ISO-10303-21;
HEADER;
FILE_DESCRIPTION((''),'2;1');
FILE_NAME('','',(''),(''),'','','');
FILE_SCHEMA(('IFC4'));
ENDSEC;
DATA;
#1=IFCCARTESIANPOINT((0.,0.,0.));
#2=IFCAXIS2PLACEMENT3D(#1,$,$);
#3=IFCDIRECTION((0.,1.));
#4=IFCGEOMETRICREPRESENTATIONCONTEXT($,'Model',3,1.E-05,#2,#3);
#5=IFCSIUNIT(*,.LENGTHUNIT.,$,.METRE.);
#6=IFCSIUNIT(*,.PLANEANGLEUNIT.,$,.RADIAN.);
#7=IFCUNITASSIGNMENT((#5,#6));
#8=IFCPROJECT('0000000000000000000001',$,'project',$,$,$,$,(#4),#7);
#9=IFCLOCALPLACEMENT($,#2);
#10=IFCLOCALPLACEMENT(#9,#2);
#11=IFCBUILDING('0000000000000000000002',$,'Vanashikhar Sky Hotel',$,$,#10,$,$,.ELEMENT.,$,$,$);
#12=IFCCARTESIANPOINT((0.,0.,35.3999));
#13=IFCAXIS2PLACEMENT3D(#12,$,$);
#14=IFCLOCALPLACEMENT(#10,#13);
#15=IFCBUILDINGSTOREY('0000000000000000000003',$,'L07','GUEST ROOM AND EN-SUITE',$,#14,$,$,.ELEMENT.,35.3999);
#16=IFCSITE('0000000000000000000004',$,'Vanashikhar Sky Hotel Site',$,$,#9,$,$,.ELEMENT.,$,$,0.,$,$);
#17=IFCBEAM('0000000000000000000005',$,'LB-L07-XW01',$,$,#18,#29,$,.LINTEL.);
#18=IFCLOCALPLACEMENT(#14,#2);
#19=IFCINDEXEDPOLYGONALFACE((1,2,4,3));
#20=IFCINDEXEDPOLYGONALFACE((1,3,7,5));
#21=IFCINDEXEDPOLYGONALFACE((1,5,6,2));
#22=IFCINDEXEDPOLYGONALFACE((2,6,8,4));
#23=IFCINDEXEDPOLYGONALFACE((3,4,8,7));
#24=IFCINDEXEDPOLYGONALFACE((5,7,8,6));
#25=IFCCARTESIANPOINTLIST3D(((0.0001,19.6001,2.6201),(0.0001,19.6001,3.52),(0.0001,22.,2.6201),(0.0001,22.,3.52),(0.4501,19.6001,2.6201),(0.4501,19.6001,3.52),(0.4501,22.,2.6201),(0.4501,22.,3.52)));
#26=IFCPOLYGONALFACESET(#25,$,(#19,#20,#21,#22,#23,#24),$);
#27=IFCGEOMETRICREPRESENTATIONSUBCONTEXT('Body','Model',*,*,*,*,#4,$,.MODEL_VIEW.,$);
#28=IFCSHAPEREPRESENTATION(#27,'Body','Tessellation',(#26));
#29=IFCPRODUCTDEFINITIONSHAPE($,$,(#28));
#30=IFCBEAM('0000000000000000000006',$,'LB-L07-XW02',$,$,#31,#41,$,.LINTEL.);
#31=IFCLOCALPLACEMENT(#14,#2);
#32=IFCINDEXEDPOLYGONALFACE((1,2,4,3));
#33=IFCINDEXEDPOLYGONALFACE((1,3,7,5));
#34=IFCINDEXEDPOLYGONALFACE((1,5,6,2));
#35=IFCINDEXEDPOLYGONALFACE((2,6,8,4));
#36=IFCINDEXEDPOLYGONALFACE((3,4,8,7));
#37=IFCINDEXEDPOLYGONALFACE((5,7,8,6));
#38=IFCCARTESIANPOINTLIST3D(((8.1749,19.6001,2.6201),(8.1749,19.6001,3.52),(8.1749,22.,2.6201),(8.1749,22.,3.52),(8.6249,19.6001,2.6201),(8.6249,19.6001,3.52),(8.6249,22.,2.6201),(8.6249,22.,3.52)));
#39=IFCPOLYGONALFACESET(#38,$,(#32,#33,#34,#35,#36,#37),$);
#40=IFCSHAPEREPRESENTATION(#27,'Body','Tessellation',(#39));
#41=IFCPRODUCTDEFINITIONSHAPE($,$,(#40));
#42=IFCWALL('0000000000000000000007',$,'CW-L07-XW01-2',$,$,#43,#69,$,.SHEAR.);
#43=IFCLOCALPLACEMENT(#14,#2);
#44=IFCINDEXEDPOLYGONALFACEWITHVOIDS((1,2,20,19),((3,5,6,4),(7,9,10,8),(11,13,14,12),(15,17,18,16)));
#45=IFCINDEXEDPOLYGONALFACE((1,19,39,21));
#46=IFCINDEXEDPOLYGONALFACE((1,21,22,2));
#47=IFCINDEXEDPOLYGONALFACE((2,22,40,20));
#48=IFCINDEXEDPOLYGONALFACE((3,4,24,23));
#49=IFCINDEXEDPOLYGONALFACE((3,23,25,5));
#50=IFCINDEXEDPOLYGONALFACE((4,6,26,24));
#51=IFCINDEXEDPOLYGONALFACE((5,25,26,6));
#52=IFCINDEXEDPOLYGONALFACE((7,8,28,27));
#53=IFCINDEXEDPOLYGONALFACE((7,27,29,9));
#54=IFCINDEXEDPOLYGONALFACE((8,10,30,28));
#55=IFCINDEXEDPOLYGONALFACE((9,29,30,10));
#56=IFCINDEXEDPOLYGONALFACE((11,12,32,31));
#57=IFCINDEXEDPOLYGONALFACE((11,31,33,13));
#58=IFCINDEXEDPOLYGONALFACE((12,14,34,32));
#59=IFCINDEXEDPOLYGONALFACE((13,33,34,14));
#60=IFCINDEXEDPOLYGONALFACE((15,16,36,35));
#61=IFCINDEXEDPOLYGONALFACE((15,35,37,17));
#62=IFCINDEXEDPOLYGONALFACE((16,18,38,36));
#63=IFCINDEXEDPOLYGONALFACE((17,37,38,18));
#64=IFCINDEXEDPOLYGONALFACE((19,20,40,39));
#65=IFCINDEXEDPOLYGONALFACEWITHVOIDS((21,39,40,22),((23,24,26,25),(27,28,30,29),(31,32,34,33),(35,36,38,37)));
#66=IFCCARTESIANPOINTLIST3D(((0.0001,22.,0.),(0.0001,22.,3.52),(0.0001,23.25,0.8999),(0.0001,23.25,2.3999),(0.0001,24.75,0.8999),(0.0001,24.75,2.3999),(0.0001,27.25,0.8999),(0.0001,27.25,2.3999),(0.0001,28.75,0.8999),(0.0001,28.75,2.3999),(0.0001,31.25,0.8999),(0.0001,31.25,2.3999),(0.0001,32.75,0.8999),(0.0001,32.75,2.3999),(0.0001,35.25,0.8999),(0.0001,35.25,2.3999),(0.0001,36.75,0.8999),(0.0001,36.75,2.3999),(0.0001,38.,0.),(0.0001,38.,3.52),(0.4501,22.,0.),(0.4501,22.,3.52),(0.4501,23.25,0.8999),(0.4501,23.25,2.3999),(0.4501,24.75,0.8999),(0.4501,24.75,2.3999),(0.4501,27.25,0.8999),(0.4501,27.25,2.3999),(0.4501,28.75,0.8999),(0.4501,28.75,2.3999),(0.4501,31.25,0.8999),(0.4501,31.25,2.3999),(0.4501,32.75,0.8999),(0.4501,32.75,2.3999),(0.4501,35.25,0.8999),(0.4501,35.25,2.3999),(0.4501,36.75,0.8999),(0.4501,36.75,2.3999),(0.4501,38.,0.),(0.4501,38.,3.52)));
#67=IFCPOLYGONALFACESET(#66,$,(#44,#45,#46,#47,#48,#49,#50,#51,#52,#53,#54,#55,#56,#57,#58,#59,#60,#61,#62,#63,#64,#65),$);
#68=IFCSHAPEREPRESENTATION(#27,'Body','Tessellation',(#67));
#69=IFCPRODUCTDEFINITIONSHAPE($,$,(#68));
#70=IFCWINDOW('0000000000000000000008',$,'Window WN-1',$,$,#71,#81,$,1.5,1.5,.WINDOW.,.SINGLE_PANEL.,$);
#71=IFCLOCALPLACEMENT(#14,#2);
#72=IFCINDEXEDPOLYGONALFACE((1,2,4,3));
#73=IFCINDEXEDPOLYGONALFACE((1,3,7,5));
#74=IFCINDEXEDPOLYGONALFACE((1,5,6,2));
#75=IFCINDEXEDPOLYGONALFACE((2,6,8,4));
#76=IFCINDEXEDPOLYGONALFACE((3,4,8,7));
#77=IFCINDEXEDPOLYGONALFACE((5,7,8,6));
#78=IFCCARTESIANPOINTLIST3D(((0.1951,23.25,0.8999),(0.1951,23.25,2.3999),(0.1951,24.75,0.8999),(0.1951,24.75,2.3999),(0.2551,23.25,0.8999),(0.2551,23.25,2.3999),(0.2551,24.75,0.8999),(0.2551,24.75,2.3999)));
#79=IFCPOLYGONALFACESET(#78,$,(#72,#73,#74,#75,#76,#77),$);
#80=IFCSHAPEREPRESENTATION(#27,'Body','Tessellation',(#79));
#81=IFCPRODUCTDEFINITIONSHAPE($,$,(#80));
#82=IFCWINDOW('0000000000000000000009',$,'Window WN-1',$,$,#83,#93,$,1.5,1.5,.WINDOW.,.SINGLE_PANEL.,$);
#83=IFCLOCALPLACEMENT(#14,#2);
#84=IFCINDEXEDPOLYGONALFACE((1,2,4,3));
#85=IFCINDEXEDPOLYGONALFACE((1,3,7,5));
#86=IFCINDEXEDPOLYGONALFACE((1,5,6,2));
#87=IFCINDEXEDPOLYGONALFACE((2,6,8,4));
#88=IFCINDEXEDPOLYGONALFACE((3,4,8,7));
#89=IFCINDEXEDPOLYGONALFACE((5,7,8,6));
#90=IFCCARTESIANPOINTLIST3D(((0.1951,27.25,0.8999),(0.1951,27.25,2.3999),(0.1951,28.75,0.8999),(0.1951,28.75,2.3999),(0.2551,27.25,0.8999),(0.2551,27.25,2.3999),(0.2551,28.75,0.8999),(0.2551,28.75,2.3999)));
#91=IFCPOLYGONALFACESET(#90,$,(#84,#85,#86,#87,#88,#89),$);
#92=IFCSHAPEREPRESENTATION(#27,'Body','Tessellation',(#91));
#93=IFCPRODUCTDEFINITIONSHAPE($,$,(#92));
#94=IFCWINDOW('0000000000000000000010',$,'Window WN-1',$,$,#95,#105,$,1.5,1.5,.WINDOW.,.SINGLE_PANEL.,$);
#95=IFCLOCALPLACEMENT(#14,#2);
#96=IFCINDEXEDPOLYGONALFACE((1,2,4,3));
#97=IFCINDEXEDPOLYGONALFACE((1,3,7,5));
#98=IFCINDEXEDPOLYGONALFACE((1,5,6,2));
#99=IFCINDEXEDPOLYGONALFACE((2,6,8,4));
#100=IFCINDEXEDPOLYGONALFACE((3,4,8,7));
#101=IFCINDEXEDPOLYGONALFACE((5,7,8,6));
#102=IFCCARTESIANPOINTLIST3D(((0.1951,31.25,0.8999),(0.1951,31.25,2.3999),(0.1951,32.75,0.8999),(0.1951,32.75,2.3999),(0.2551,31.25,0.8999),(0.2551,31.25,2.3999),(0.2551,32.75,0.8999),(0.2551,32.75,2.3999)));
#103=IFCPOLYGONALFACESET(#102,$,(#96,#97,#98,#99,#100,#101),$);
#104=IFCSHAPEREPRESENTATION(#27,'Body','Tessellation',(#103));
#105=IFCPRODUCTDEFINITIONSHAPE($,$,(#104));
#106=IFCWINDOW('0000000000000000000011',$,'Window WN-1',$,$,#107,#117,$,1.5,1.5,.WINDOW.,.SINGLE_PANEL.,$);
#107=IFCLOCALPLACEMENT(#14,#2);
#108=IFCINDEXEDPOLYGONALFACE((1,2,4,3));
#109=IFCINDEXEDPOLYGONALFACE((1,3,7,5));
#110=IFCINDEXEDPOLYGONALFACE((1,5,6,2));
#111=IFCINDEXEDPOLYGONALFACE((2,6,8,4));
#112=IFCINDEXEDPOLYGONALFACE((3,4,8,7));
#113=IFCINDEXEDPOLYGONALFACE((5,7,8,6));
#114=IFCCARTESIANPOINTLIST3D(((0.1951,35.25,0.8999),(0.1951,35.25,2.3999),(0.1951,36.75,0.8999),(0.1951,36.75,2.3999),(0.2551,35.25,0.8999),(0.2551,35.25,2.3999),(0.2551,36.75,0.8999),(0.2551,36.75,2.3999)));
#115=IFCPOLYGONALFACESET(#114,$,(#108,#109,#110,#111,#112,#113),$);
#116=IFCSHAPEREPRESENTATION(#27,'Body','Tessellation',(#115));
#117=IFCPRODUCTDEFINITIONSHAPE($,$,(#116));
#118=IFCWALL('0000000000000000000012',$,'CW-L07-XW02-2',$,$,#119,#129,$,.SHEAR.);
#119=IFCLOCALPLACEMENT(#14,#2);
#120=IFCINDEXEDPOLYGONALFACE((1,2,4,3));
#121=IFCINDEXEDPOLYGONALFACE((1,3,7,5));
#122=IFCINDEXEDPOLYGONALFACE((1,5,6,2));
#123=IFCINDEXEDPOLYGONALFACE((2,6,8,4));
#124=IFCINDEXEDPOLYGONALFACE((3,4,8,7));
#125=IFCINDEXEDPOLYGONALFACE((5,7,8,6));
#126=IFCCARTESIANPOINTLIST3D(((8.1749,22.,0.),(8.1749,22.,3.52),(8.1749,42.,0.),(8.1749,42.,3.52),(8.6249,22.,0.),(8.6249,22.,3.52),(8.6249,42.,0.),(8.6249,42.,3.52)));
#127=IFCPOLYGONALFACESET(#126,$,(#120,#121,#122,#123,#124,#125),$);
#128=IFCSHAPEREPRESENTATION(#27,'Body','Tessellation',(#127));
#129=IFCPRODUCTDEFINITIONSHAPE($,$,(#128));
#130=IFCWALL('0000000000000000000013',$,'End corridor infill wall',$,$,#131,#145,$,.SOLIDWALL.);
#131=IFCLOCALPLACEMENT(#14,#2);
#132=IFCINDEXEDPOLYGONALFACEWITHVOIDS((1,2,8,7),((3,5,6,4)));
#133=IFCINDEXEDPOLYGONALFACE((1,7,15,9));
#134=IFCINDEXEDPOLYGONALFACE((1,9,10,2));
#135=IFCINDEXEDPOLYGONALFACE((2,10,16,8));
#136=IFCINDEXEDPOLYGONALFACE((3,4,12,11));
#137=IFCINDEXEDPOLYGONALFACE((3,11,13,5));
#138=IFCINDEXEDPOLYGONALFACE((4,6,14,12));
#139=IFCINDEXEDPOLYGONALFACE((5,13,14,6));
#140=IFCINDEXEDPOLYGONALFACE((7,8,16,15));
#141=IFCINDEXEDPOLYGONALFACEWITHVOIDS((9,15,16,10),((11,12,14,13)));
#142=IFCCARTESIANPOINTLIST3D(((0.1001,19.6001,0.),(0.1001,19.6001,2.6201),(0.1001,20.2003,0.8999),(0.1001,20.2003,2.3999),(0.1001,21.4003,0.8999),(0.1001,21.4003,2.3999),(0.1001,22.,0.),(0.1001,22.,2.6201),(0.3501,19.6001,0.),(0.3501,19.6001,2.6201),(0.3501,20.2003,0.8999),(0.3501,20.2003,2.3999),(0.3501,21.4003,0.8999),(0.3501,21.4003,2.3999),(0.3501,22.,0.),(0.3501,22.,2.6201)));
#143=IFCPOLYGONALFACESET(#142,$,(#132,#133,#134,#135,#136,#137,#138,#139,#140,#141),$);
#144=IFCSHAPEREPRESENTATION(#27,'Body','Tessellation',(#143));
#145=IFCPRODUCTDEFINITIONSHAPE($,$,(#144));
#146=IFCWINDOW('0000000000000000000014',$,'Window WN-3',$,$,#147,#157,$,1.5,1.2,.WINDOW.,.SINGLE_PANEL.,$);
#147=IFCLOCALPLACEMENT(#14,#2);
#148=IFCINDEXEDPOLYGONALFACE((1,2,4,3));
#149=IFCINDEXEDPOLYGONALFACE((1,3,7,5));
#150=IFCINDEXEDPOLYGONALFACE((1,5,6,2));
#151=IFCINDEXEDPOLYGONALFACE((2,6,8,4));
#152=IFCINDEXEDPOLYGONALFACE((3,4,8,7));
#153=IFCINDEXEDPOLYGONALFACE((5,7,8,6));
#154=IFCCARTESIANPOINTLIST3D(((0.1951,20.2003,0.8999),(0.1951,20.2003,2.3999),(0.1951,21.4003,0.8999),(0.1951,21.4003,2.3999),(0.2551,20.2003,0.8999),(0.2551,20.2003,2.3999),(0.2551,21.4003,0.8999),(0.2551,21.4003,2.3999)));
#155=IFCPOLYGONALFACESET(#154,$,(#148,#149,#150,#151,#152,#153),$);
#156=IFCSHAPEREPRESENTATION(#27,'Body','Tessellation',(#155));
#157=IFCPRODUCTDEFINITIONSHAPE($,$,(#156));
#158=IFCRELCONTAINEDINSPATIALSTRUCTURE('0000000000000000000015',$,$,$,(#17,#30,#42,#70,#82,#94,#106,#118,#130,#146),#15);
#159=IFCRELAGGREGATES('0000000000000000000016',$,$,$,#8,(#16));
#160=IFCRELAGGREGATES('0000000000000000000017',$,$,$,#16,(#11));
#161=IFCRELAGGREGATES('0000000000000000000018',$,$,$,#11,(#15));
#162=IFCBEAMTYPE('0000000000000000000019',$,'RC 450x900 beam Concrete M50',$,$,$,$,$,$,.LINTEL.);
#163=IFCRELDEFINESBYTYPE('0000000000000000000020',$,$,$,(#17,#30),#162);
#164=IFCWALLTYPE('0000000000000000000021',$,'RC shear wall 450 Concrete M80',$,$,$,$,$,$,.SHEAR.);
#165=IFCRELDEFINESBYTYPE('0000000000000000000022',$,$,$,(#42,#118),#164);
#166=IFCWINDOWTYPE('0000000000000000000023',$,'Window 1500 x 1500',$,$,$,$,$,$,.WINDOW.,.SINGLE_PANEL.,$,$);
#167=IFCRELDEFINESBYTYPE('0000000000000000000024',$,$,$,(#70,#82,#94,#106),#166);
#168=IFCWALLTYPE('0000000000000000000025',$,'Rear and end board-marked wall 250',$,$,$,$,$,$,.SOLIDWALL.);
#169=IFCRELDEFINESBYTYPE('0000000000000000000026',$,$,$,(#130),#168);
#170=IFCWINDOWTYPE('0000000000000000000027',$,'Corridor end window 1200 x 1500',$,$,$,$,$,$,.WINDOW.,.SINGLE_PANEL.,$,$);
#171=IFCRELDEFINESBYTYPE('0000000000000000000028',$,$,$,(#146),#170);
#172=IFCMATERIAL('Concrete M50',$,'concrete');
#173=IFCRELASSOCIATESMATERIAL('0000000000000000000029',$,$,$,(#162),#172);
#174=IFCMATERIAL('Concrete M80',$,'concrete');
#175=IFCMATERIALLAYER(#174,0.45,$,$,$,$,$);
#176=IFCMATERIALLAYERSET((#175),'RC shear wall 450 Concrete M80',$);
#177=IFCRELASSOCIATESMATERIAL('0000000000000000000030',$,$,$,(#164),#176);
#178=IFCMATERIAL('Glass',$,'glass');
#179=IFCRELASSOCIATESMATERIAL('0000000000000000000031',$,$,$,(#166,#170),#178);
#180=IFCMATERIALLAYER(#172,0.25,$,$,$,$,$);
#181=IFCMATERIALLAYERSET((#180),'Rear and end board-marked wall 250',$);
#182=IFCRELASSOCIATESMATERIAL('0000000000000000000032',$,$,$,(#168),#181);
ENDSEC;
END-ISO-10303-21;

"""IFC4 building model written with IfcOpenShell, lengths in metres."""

from ifc_helpers import new_model, si_unit, direction, frame, frame_2d, origin, origin_2d, place, context, subcontext, project, spatial, rectangle, extrude, source, transform, mapped, material, layer, layer_set, material_profile, profile_set, type_object, element, fill, save


model = new_model("IFC4")

# Units and contexts
model_context = context("Model", 3, precision=1e-05, world=origin(), true_north=direction((0.0, 1.0)))
body_context = subcontext(model_context, "Body", "Model", "MODEL_VIEW")
ifc_project = project(units=[si_unit("LENGTHUNIT", "METRE"), si_unit("PLANEANGLEUNIT", "RADIAN")], contexts=[model_context])

# Site, building, storey
site_placement = place(None, origin())
site = spatial("IfcSite", under=ifc_project, at=site_placement, Name="Vanashikhar Sky Hotel Site", CompositionType="ELEMENT", RefElevation=0.0)
building_placement = place(site_placement, origin())
building = spatial("IfcBuilding", under=site, at=building_placement, Name="Vanashikhar Sky Hotel", CompositionType="ELEMENT")
storey_placement = place(building_placement, frame((0.0, 0.0, 35.3999)))
storey = spatial("IfcBuildingStorey", under=building, at=storey_placement, Name="L07", Description="GUEST ROOM AND EN-SUITE", CompositionType="ELEMENT", Elevation=35.3999)

# Beams
ifc_material_1 = material(Name="Concrete M50", Category="concrete")
ifc_material_profile = material_profile(ifc_material_1, rectangle(XDim=0.45, YDim=0.8999, at=origin_2d()))
ifc_profile_set = profile_set([ifc_material_profile], Name="RC 450x900 beam Concrete M50")
beam_type = type_object("IfcBeamType", Name="RC 450x900 beam Concrete M50", PredefinedType="LINTEL", material=ifc_profile_set)
shared_shape_1 = source(origin(), body_context, "Body", "SweptSolid", [
    extrude(rectangle(XDim=0.45, YDim=0.8999, at=origin_2d()), origin(), (0.0, 0.0, 1.0), 2.3999),
])
for number, where, z_axis, x_axis, name in (
    (1, (0.2251, 19.6001, 3.0701), (0.0, 1.0, 0.0), (-1.0, 0.0, 0.0), "LB-L07-XW01"),
    (2, (8.3999, 19.6001, 3.0701), (0.0, 1.0, 0.0), (-1.0, 0.0, 0.0), "LB-L07-XW02"),
):
    element("IfcBeam", number, at=place(storey_placement, frame(where, z_axis=z_axis, x_axis=x_axis)), inside=storey, type_object=beam_type, Name=name, PredefinedType="LINTEL", context=body_context, shape_type="MappedRepresentation", body=[
        mapped(shared_shape_1, transform((0.0, 0.0, 0.0), scale=1.0)),
    ])

# Wall, openings, windows
ifc_material_2 = material(Name="Concrete M80", Category="concrete")
ifc_layer_1 = layer(ifc_material_2, 0.45)
ifc_layer_set_1 = layer_set([ifc_layer_1], Name="RC shear wall 450 Concrete M80")
wall_type_1 = type_object("IfcWallType", Name="RC shear wall 450 Concrete M80", PredefinedType="SHEAR", material=ifc_layer_set_1)
shared_shape_2 = source(origin(), body_context, "Body", "SweptSolid", [
    extrude(rectangle(XDim=16.0, YDim=0.45, at=frame_2d((8.0, 0.0))), origin(), (0.0, 0.0, 1.0), 3.52),
])
wall_1_placement = place(storey_placement, frame((0.2251, 22.0, 0.0), z_axis=(0.0, 0.0, 1.0), x_axis=(0.0, 1.0, 0.0)))
wall_1 = element("IfcWall", 3, at=wall_1_placement, inside=storey, type_object=wall_type_1, Name="CW-L07-XW01-2", PredefinedType="SHEAR", context=body_context, shape_type="MappedRepresentation", body=[
    mapped(shared_shape_2, transform((0.0, 0.0, 0.0), scale=1.0)),
])
shared_shape_3 = source(origin(), body_context, "Body", "SweptSolid", [
    extrude(rectangle(XDim=1.5, YDim=1.5, at=frame_2d((0.75, 0.75))), frame((0.0, 0.2349, 0.0), z_axis=(0.0, -1.0, 0.0), x_axis=(1.0, 0.0, 0.0)), (0.0, 0.0, 1.0), 0.47),
])
opening_1_placement = place(wall_1_placement, frame((1.25, 0.0, 0.8999)))
opening_1 = element("IfcOpeningElement", 4, at=opening_1_placement, cuts=wall_1, PredefinedType="OPENING", context=body_context, shape_type="MappedRepresentation", body=[
    mapped(shared_shape_3, transform((0.0, 0.0, 0.0), scale=1.0)),
])
opening_2_placement = place(wall_1_placement, frame((5.25, 0.0, 0.8999)))
opening_2 = element("IfcOpeningElement", 5, at=opening_2_placement, cuts=wall_1, PredefinedType="OPENING", context=body_context, shape_type="MappedRepresentation", body=[
    mapped(shared_shape_3, transform((0.0, 0.0, 0.0), scale=1.0)),
])
opening_3_placement = place(wall_1_placement, frame((9.25, 0.0, 0.8999)))
opening_3 = element("IfcOpeningElement", 6, at=opening_3_placement, cuts=wall_1, PredefinedType="OPENING", context=body_context, shape_type="MappedRepresentation", body=[
    mapped(shared_shape_3, transform((0.0, 0.0, 0.0), scale=1.0)),
])
opening_4_placement = place(wall_1_placement, frame((13.25, 0.0, 0.8999)))
opening_4 = element("IfcOpeningElement", 7, at=opening_4_placement, cuts=wall_1, PredefinedType="OPENING", context=body_context, shape_type="MappedRepresentation", body=[
    mapped(shared_shape_3, transform((0.0, 0.0, 0.0), scale=1.0)),
])
ifc_material_3 = material(Name="Glass", Category="glass")
window_type_1 = type_object("IfcWindowType", Name="Window 1500 x 1500", PartitioningType="SINGLE_PANEL", PredefinedType="WINDOW", material=ifc_material_3)
shared_shape_4 = source(origin(), body_context, "Body", "SweptSolid", [
    extrude(rectangle(XDim=1.5, YDim=1.5, at=frame_2d((0.75, 0.75))), frame((0.0, 0.03, 0.0), z_axis=(0.0, -1.0, 0.0), x_axis=(1.0, 0.0, 0.0)), (0.0, 0.0, 1.0), 0.0601),
])
window_1_placement = place(opening_1_placement, origin())
window_1 = element("IfcWindow", 8, at=window_1_placement, inside=storey, type_object=window_type_1, Name="Window WN-1", OverallHeight=1.5, OverallWidth=1.5, PartitioningType="SINGLE_PANEL", PredefinedType="WINDOW", context=body_context, shape_type="MappedRepresentation", body=[
    mapped(shared_shape_4, transform((0.0, 0.0, 0.0), scale=1.0)),
])
fill(opening_1, window_1)
window_2_placement = place(opening_2_placement, origin())
window_2 = element("IfcWindow", 9, at=window_2_placement, inside=storey, type_object=window_type_1, Name="Window WN-1", OverallHeight=1.5, OverallWidth=1.5, PartitioningType="SINGLE_PANEL", PredefinedType="WINDOW", context=body_context, shape_type="MappedRepresentation", body=[
    mapped(shared_shape_4, transform((0.0, 0.0, 0.0), scale=1.0)),
])
fill(opening_2, window_2)
window_3_placement = place(opening_3_placement, origin())
window_3 = element("IfcWindow", 10, at=window_3_placement, inside=storey, type_object=window_type_1, Name="Window WN-1", OverallHeight=1.5, OverallWidth=1.5, PartitioningType="SINGLE_PANEL", PredefinedType="WINDOW", context=body_context, shape_type="MappedRepresentation", body=[
    mapped(shared_shape_4, transform((0.0, 0.0, 0.0), scale=1.0)),
])
fill(opening_3, window_3)
window_4_placement = place(opening_4_placement, origin())
window_4 = element("IfcWindow", 11, at=window_4_placement, inside=storey, type_object=window_type_1, Name="Window WN-1", OverallHeight=1.5, OverallWidth=1.5, PartitioningType="SINGLE_PANEL", PredefinedType="WINDOW", context=body_context, shape_type="MappedRepresentation", body=[
    mapped(shared_shape_4, transform((0.0, 0.0, 0.0), scale=1.0)),
])
fill(opening_4, window_4)

# Wall
shared_shape_5 = source(origin(), body_context, "Body", "SweptSolid", [
    extrude(rectangle(XDim=20.0, YDim=0.45, at=frame_2d((10.0, 0.0))), origin(), (0.0, 0.0, 1.0), 3.52),
])
wall_2_placement = place(storey_placement, frame((8.3999, 22.0, 0.0), z_axis=(0.0, 0.0, 1.0), x_axis=(0.0, 1.0, 0.0)))
element("IfcWall", 12, at=wall_2_placement, inside=storey, type_object=wall_type_1, Name="CW-L07-XW02-2", PredefinedType="SHEAR", context=body_context, shape_type="MappedRepresentation", body=[
    mapped(shared_shape_5, transform((0.0, 0.0, 0.0), scale=1.0)),
])

# Wall, opening, window
ifc_layer_2 = layer(ifc_material_1, 0.25)
ifc_layer_set_2 = layer_set([ifc_layer_2], Name="Rear and end board-marked wall 250")
wall_type_2 = type_object("IfcWallType", Name="Rear and end board-marked wall 250", PredefinedType="SOLIDWALL", material=ifc_layer_set_2)
shared_shape_6 = source(origin(), body_context, "Body", "SweptSolid", [
    extrude(rectangle(XDim=2.3999, YDim=0.25, at=frame_2d((1.2, 0.0))), origin(), (0.0, 0.0, 1.0), 2.6201),
])
wall_3_placement = place(storey_placement, frame((0.2251, 19.6001, 0.0), z_axis=(0.0, 0.0, 1.0), x_axis=(0.0, 1.0, 0.0)))
wall_3 = element("IfcWall", 13, at=wall_3_placement, inside=storey, type_object=wall_type_2, Name="End corridor infill wall", PredefinedType="SOLIDWALL", context=body_context, shape_type="MappedRepresentation", body=[
    mapped(shared_shape_6, transform((0.0, 0.0, 0.0), scale=1.0)),
])
shared_shape_7 = source(origin(), body_context, "Body", "SweptSolid", [
    extrude(rectangle(XDim=1.2, YDim=1.5, at=frame_2d((0.6001, 0.75))), frame((0.0, 0.135, 0.0), z_axis=(0.0, -1.0, 0.0), x_axis=(1.0, 0.0, 0.0)), (0.0, 0.0, 1.0), 0.27),
])
opening_5_placement = place(wall_3_placement, frame((0.6001, 0.0, 0.8999)))
opening_5 = element("IfcOpeningElement", 14, at=opening_5_placement, cuts=wall_3, PredefinedType="OPENING", context=body_context, shape_type="MappedRepresentation", body=[
    mapped(shared_shape_7, transform((0.0, 0.0, 0.0), scale=1.0)),
])
window_type_2 = type_object("IfcWindowType", Name="Corridor end window 1200 x 1500", PartitioningType="SINGLE_PANEL", PredefinedType="WINDOW", material=ifc_material_3)
shared_shape_8 = source(origin(), body_context, "Body", "SweptSolid", [
    extrude(rectangle(XDim=1.2, YDim=1.5, at=frame_2d((0.6001, 0.75))), frame((0.0, 0.03, 0.0), z_axis=(0.0, -1.0, 0.0), x_axis=(1.0, 0.0, 0.0)), (0.0, 0.0, 1.0), 0.0601),
])
window_5_placement = place(opening_5_placement, origin())
window_5 = element("IfcWindow", 15, at=window_5_placement, inside=storey, type_object=window_type_2, Name="Window WN-3", OverallHeight=1.5, OverallWidth=1.2, PartitioningType="SINGLE_PANEL", PredefinedType="WINDOW", context=body_context, shape_type="MappedRepresentation", body=[
    mapped(shared_shape_8, transform((0.0, 0.0, 0.0), scale=1.0)),
])
fill(opening_5, window_5)

save(model, "model.ifc")
